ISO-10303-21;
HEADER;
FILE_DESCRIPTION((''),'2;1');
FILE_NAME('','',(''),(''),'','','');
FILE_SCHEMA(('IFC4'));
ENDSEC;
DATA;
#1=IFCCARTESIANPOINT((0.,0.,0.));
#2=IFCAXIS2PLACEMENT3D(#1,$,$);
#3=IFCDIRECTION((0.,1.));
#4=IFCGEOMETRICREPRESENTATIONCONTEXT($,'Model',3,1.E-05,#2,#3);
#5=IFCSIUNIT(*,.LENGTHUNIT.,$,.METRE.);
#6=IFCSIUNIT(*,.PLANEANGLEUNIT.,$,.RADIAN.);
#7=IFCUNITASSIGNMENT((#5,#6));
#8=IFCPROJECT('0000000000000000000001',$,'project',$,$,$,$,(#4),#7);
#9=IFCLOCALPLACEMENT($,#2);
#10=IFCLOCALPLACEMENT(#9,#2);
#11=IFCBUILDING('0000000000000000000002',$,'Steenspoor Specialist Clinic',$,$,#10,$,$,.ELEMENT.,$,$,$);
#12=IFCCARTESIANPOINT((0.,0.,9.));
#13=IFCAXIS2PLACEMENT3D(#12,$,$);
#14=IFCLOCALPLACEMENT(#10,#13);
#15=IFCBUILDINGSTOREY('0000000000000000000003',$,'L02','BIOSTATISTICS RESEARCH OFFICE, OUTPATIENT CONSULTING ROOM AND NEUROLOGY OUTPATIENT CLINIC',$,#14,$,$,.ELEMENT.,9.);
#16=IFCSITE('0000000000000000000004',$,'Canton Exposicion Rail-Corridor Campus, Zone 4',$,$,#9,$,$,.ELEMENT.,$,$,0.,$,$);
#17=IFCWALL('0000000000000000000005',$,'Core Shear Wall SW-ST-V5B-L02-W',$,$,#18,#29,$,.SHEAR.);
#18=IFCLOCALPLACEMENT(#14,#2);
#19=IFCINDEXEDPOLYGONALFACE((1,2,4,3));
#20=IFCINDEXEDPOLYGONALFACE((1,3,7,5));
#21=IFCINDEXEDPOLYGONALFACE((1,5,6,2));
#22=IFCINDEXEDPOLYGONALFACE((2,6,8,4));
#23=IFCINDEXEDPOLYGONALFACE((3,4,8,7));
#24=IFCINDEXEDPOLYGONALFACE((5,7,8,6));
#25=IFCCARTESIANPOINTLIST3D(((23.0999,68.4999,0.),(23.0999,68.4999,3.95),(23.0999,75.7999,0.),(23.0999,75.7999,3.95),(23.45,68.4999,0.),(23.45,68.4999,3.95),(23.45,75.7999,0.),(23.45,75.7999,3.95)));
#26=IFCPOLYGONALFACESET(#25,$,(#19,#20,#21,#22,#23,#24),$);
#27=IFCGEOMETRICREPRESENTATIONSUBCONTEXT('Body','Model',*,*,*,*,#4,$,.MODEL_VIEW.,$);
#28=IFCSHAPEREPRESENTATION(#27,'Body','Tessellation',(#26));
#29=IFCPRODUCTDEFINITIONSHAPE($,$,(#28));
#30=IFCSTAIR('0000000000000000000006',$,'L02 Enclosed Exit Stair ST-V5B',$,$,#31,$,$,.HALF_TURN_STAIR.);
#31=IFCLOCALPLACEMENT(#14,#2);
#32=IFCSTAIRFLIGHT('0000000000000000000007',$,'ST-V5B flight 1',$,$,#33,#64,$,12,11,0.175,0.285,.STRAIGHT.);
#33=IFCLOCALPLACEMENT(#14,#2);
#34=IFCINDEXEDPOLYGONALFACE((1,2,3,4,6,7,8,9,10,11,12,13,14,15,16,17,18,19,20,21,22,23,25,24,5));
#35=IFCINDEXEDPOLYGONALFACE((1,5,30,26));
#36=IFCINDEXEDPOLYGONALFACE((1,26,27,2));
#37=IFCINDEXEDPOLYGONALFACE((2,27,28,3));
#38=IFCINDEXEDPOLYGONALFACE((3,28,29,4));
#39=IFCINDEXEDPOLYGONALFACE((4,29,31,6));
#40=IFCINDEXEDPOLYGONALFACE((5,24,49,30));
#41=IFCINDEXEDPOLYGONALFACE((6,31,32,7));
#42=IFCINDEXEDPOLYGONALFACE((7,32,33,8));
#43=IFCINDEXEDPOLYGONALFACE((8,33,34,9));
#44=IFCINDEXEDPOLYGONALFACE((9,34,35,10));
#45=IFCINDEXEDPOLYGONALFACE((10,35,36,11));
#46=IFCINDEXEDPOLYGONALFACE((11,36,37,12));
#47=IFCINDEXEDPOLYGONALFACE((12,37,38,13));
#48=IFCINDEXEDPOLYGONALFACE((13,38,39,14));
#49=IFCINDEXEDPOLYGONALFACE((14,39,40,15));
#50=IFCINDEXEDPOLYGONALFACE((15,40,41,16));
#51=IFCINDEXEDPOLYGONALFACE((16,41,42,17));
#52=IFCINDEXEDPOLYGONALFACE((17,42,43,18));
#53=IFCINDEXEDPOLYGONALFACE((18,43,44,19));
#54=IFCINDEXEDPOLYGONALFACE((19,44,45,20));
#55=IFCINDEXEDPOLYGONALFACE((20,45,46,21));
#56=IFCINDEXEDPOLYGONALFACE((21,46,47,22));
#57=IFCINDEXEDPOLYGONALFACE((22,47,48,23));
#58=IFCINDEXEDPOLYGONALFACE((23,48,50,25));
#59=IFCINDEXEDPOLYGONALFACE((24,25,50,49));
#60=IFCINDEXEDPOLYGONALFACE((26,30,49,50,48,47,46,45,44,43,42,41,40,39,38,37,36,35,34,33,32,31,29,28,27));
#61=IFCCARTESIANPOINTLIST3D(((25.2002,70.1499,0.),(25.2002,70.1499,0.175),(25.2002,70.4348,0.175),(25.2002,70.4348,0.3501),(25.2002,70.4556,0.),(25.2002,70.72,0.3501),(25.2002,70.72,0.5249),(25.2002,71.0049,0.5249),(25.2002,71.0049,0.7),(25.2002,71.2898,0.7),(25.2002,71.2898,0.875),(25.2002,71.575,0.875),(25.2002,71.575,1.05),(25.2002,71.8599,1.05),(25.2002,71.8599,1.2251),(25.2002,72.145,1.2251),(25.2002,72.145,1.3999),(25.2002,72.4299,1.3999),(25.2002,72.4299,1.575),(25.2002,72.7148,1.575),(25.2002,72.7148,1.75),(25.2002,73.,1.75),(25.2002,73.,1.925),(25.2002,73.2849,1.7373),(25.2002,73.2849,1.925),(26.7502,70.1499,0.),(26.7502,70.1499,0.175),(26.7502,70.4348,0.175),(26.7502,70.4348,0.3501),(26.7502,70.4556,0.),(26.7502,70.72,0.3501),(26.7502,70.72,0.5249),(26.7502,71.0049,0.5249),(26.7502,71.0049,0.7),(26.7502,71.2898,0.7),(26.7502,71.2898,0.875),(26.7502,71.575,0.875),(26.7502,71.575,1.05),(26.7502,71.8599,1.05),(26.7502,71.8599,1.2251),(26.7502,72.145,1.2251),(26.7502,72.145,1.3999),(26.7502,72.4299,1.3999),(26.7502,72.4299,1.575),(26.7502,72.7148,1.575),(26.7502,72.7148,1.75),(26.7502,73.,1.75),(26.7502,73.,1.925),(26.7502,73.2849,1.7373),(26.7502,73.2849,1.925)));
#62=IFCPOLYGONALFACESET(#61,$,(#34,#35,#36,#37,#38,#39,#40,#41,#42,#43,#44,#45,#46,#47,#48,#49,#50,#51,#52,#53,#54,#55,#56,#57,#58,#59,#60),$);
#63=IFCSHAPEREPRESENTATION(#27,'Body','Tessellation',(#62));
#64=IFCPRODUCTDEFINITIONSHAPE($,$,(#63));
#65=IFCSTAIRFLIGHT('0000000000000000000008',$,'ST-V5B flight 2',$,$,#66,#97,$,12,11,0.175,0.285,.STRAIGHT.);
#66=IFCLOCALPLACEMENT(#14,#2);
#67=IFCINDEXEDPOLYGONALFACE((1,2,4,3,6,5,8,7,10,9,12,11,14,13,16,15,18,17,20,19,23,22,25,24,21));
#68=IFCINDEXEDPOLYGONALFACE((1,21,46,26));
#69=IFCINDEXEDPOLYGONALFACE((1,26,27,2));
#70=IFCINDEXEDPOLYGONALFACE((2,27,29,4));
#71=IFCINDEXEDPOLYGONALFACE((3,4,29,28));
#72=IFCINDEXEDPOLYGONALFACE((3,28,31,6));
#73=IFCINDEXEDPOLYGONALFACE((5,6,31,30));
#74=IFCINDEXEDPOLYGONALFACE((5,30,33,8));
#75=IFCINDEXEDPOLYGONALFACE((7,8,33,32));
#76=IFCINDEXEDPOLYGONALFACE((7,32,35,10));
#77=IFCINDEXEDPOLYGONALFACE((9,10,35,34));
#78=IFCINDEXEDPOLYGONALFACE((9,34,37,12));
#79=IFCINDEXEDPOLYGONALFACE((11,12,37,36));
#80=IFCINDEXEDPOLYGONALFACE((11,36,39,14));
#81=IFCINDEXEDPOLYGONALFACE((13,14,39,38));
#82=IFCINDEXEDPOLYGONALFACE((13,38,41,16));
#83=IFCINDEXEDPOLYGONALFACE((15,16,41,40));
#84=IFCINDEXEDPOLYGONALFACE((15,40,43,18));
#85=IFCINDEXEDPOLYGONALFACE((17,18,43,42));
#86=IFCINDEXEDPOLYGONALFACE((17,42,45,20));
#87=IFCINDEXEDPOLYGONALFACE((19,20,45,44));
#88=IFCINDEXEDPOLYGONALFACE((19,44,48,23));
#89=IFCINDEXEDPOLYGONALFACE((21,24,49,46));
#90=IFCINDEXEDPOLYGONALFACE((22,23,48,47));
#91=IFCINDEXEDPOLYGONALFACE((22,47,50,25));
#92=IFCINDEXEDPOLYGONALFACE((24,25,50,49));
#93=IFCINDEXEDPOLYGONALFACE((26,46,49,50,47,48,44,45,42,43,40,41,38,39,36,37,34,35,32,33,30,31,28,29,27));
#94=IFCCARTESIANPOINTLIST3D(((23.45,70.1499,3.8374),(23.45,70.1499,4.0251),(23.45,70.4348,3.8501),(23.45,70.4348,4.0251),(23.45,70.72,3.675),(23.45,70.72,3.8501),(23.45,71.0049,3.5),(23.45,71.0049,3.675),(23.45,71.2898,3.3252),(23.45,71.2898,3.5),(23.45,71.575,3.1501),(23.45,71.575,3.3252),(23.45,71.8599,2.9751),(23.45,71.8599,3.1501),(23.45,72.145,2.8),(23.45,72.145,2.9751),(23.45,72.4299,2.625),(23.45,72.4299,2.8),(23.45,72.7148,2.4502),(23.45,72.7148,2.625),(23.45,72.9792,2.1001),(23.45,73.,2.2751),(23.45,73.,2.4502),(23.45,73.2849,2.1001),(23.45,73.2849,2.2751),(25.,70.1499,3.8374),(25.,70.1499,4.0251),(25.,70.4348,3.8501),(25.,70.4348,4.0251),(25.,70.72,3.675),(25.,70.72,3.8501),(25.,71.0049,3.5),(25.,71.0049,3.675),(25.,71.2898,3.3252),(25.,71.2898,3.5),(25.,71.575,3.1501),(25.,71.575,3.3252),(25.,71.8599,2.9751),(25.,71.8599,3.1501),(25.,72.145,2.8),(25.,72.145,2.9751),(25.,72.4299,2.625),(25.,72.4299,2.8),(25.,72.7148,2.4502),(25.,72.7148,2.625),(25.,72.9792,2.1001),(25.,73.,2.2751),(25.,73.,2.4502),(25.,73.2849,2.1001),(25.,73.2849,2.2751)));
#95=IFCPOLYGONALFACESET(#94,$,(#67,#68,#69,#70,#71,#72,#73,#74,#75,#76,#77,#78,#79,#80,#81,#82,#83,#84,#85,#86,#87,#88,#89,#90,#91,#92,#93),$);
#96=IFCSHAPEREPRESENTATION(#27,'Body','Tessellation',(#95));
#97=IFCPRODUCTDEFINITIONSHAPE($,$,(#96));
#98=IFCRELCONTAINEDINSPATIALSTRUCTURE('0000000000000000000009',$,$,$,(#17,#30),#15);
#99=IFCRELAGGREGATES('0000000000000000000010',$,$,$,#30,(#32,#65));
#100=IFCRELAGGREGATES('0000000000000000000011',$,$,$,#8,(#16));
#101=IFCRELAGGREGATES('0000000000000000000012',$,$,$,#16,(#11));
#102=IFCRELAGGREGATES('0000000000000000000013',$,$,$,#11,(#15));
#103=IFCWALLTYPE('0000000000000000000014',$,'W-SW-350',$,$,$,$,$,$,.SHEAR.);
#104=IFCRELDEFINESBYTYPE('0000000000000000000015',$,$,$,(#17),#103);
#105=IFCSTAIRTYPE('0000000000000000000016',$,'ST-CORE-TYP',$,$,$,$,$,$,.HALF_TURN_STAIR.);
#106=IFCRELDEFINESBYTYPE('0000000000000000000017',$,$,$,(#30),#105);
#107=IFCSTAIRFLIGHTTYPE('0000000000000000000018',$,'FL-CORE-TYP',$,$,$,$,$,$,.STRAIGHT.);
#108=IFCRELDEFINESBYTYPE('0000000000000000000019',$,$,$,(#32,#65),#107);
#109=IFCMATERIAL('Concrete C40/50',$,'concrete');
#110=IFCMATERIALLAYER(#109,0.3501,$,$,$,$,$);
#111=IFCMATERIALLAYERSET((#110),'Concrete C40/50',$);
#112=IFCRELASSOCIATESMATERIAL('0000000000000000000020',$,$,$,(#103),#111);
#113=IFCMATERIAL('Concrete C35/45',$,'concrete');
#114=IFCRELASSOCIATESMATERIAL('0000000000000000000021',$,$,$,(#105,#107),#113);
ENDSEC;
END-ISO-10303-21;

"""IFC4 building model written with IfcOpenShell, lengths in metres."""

from ifc_helpers import new_model, si_unit, direction, frame, frame_2d, origin, place, context, subcontext, project, spatial, polyline, rectangle, outline, extrude, material, layer, layer_set, type_object, element, aggregate, save


model = new_model("IFC4")

# Units and contexts
model_context = context("Model", 3, precision=1e-05, world=origin(), true_north=direction((0.0, 1.0)))
body_context = subcontext(model_context, "Body", "Model", "MODEL_VIEW")
ifc_project = project(units=[si_unit("LENGTHUNIT", "METRE"), si_unit("PLANEANGLEUNIT", "RADIAN")], contexts=[model_context])

# Site, building, storey
site_placement = place(None, origin())
site = spatial("IfcSite", under=ifc_project, at=site_placement, Name="Canton Exposicion Rail-Corridor Campus, Zone 4", CompositionType="ELEMENT", RefElevation=0.0)
building_placement = place(site_placement, origin())
building = spatial("IfcBuilding", under=site, at=building_placement, Name="Steenspoor Specialist Clinic", CompositionType="ELEMENT")
storey_placement = place(building_placement, frame((0.0, 0.0, 9.0)))
storey = spatial("IfcBuildingStorey", under=building, at=storey_placement, Name="L02", Description="BIOSTATISTICS RESEARCH OFFICE, OUTPATIENT CONSULTING ROOM AND NEUROLOGY OUTPATIENT CLINIC", CompositionType="ELEMENT", Elevation=9.0)

# Shared definitions
ifc_material_1 = material(Name="Concrete C40/50", Category="concrete")

# Shared definitions
ifc_material_2 = material(Name="Concrete C35/45", Category="concrete")

# Wall
ifc_layer_1 = layer(ifc_material_1, 0.3501)
ifc_layer_set_1 = layer_set([ifc_layer_1], Name="Concrete C40/50")
wall_type_1 = type_object("IfcWallType", Name="W-SW-350", PredefinedType="SHEAR", material=ifc_layer_set_1)
wall_1_placement = place(storey_placement, frame((23.2749, 68.5, 0.0), z_axis=(0.0, 0.0, 1.0), x_axis=(0.0, 1.0, 0.0)))
element("IfcWall", 1, at=wall_1_placement, inside=storey, type_object=wall_type_1, Name="Core Shear Wall SW-ST-V5B-L02-W", PredefinedType="SHEAR", context=body_context, shape_type="SweptSolid", body=[
    extrude(rectangle(XDim=7.3, YDim=0.3501, at=frame_2d((3.6499, 0.0))), origin(), (0.0, 0.0, 1.0), 3.95),
])

# Stair, stair flights
stair_type = type_object("IfcStairType", Name="ST-CORE-TYP", PredefinedType="HALF_TURN_STAIR", material=ifc_material_2)
stair_placement = place(storey_placement, origin())
stair = element("IfcStair", 2, at=stair_placement, inside=storey, type_object=stair_type, Name="L02 Enclosed Exit Stair ST-V5B", PredefinedType="HALF_TURN_STAIR")
stair_flight_type = type_object("IfcStairFlightType", Name="FL-CORE-TYP", PredefinedType="STRAIGHT", material=ifc_material_2)
stair_flight_1_placement = place(storey_placement, frame((25.9751, 70.1499, 0.0), z_axis=(0.0, 0.0, 1.0), x_axis=(0.0, 1.0, 0.0)))
stair_flight_1 = element("IfcStairFlight", 3, at=stair_flight_1_placement, type_object=stair_flight_type, Name="ST-V5B flight 1", NumberOfRisers=12, NumberOfTreads=11, PredefinedType="STRAIGHT", RiserHeight=0.175, TreadLength=0.285, context=body_context, shape_type="SweptSolid", body=[
    extrude(outline(polyline([(0.0, 0.0), (0.0, 0.175), (0.2849, 0.175), (0.2849, 0.3501), (0.5701, 0.3501), (0.5701, 0.5249), (0.855, 0.5249), (0.855, 0.7), (1.1399, 0.7), (1.1399, 0.875), (1.425, 0.875), (1.425, 1.05), (1.71, 1.05), (1.71, 1.2251), (1.9951, 1.2251), (1.9951, 1.3999), (2.28, 1.3999), (2.28, 1.575), (2.5649, 1.575), (2.5649, 1.75), (2.8501, 1.75), (2.8501, 1.925), (3.135, 1.925), (3.135, 2.1001), (3.135, 1.7373), (0.3057, 0.0), (0.0, 0.0)])), frame((0.0, 0.7749, 0.0), z_axis=(0.0, -1.0, 0.0), x_axis=(1.0, 0.0, 0.0)), (0.0, 0.0, 1.0), 1.55),
])
stair_flight_2_placement = place(storey_placement, frame((24.2251, 73.2849, 2.1001), z_axis=(0.0, 0.0, 1.0), x_axis=(0.0, -1.0, 0.0)))
stair_flight_2 = element("IfcStairFlight", 4, at=stair_flight_2_placement, type_object=stair_flight_type, Name="ST-V5B flight 2", NumberOfRisers=12, NumberOfTreads=11, PredefinedType="STRAIGHT", RiserHeight=0.175, TreadLength=0.285, context=body_context, shape_type="SweptSolid", body=[
    extrude(outline(polyline([(0.0, 0.0), (0.0, 0.175), (0.2849, 0.175), (0.2849, 0.3501), (0.5701, 0.3501), (0.5701, 0.5249), (0.855, 0.5249), (0.855, 0.7), (1.1399, 0.7), (1.1399, 0.875), (1.425, 0.875), (1.425, 1.05), (1.71, 1.05), (1.71, 1.2251), (1.9951, 1.2251), (1.9951, 1.3999), (2.28, 1.3999), (2.28, 1.575), (2.5649, 1.575), (2.5649, 1.75), (2.8501, 1.75), (2.8501, 1.925), (3.135, 1.925), (3.135, 2.1001), (3.135, 1.7373), (0.3057, 0.0), (0.0, 0.0)])), frame((0.0, 0.7749, 0.0), z_axis=(0.0, -1.0, 0.0), x_axis=(1.0, 0.0, 0.0)), (0.0, 0.0, 1.0), 1.55),
])
aggregate(stair, [stair_flight_1, stair_flight_2])

save(model, "model.ifc")
